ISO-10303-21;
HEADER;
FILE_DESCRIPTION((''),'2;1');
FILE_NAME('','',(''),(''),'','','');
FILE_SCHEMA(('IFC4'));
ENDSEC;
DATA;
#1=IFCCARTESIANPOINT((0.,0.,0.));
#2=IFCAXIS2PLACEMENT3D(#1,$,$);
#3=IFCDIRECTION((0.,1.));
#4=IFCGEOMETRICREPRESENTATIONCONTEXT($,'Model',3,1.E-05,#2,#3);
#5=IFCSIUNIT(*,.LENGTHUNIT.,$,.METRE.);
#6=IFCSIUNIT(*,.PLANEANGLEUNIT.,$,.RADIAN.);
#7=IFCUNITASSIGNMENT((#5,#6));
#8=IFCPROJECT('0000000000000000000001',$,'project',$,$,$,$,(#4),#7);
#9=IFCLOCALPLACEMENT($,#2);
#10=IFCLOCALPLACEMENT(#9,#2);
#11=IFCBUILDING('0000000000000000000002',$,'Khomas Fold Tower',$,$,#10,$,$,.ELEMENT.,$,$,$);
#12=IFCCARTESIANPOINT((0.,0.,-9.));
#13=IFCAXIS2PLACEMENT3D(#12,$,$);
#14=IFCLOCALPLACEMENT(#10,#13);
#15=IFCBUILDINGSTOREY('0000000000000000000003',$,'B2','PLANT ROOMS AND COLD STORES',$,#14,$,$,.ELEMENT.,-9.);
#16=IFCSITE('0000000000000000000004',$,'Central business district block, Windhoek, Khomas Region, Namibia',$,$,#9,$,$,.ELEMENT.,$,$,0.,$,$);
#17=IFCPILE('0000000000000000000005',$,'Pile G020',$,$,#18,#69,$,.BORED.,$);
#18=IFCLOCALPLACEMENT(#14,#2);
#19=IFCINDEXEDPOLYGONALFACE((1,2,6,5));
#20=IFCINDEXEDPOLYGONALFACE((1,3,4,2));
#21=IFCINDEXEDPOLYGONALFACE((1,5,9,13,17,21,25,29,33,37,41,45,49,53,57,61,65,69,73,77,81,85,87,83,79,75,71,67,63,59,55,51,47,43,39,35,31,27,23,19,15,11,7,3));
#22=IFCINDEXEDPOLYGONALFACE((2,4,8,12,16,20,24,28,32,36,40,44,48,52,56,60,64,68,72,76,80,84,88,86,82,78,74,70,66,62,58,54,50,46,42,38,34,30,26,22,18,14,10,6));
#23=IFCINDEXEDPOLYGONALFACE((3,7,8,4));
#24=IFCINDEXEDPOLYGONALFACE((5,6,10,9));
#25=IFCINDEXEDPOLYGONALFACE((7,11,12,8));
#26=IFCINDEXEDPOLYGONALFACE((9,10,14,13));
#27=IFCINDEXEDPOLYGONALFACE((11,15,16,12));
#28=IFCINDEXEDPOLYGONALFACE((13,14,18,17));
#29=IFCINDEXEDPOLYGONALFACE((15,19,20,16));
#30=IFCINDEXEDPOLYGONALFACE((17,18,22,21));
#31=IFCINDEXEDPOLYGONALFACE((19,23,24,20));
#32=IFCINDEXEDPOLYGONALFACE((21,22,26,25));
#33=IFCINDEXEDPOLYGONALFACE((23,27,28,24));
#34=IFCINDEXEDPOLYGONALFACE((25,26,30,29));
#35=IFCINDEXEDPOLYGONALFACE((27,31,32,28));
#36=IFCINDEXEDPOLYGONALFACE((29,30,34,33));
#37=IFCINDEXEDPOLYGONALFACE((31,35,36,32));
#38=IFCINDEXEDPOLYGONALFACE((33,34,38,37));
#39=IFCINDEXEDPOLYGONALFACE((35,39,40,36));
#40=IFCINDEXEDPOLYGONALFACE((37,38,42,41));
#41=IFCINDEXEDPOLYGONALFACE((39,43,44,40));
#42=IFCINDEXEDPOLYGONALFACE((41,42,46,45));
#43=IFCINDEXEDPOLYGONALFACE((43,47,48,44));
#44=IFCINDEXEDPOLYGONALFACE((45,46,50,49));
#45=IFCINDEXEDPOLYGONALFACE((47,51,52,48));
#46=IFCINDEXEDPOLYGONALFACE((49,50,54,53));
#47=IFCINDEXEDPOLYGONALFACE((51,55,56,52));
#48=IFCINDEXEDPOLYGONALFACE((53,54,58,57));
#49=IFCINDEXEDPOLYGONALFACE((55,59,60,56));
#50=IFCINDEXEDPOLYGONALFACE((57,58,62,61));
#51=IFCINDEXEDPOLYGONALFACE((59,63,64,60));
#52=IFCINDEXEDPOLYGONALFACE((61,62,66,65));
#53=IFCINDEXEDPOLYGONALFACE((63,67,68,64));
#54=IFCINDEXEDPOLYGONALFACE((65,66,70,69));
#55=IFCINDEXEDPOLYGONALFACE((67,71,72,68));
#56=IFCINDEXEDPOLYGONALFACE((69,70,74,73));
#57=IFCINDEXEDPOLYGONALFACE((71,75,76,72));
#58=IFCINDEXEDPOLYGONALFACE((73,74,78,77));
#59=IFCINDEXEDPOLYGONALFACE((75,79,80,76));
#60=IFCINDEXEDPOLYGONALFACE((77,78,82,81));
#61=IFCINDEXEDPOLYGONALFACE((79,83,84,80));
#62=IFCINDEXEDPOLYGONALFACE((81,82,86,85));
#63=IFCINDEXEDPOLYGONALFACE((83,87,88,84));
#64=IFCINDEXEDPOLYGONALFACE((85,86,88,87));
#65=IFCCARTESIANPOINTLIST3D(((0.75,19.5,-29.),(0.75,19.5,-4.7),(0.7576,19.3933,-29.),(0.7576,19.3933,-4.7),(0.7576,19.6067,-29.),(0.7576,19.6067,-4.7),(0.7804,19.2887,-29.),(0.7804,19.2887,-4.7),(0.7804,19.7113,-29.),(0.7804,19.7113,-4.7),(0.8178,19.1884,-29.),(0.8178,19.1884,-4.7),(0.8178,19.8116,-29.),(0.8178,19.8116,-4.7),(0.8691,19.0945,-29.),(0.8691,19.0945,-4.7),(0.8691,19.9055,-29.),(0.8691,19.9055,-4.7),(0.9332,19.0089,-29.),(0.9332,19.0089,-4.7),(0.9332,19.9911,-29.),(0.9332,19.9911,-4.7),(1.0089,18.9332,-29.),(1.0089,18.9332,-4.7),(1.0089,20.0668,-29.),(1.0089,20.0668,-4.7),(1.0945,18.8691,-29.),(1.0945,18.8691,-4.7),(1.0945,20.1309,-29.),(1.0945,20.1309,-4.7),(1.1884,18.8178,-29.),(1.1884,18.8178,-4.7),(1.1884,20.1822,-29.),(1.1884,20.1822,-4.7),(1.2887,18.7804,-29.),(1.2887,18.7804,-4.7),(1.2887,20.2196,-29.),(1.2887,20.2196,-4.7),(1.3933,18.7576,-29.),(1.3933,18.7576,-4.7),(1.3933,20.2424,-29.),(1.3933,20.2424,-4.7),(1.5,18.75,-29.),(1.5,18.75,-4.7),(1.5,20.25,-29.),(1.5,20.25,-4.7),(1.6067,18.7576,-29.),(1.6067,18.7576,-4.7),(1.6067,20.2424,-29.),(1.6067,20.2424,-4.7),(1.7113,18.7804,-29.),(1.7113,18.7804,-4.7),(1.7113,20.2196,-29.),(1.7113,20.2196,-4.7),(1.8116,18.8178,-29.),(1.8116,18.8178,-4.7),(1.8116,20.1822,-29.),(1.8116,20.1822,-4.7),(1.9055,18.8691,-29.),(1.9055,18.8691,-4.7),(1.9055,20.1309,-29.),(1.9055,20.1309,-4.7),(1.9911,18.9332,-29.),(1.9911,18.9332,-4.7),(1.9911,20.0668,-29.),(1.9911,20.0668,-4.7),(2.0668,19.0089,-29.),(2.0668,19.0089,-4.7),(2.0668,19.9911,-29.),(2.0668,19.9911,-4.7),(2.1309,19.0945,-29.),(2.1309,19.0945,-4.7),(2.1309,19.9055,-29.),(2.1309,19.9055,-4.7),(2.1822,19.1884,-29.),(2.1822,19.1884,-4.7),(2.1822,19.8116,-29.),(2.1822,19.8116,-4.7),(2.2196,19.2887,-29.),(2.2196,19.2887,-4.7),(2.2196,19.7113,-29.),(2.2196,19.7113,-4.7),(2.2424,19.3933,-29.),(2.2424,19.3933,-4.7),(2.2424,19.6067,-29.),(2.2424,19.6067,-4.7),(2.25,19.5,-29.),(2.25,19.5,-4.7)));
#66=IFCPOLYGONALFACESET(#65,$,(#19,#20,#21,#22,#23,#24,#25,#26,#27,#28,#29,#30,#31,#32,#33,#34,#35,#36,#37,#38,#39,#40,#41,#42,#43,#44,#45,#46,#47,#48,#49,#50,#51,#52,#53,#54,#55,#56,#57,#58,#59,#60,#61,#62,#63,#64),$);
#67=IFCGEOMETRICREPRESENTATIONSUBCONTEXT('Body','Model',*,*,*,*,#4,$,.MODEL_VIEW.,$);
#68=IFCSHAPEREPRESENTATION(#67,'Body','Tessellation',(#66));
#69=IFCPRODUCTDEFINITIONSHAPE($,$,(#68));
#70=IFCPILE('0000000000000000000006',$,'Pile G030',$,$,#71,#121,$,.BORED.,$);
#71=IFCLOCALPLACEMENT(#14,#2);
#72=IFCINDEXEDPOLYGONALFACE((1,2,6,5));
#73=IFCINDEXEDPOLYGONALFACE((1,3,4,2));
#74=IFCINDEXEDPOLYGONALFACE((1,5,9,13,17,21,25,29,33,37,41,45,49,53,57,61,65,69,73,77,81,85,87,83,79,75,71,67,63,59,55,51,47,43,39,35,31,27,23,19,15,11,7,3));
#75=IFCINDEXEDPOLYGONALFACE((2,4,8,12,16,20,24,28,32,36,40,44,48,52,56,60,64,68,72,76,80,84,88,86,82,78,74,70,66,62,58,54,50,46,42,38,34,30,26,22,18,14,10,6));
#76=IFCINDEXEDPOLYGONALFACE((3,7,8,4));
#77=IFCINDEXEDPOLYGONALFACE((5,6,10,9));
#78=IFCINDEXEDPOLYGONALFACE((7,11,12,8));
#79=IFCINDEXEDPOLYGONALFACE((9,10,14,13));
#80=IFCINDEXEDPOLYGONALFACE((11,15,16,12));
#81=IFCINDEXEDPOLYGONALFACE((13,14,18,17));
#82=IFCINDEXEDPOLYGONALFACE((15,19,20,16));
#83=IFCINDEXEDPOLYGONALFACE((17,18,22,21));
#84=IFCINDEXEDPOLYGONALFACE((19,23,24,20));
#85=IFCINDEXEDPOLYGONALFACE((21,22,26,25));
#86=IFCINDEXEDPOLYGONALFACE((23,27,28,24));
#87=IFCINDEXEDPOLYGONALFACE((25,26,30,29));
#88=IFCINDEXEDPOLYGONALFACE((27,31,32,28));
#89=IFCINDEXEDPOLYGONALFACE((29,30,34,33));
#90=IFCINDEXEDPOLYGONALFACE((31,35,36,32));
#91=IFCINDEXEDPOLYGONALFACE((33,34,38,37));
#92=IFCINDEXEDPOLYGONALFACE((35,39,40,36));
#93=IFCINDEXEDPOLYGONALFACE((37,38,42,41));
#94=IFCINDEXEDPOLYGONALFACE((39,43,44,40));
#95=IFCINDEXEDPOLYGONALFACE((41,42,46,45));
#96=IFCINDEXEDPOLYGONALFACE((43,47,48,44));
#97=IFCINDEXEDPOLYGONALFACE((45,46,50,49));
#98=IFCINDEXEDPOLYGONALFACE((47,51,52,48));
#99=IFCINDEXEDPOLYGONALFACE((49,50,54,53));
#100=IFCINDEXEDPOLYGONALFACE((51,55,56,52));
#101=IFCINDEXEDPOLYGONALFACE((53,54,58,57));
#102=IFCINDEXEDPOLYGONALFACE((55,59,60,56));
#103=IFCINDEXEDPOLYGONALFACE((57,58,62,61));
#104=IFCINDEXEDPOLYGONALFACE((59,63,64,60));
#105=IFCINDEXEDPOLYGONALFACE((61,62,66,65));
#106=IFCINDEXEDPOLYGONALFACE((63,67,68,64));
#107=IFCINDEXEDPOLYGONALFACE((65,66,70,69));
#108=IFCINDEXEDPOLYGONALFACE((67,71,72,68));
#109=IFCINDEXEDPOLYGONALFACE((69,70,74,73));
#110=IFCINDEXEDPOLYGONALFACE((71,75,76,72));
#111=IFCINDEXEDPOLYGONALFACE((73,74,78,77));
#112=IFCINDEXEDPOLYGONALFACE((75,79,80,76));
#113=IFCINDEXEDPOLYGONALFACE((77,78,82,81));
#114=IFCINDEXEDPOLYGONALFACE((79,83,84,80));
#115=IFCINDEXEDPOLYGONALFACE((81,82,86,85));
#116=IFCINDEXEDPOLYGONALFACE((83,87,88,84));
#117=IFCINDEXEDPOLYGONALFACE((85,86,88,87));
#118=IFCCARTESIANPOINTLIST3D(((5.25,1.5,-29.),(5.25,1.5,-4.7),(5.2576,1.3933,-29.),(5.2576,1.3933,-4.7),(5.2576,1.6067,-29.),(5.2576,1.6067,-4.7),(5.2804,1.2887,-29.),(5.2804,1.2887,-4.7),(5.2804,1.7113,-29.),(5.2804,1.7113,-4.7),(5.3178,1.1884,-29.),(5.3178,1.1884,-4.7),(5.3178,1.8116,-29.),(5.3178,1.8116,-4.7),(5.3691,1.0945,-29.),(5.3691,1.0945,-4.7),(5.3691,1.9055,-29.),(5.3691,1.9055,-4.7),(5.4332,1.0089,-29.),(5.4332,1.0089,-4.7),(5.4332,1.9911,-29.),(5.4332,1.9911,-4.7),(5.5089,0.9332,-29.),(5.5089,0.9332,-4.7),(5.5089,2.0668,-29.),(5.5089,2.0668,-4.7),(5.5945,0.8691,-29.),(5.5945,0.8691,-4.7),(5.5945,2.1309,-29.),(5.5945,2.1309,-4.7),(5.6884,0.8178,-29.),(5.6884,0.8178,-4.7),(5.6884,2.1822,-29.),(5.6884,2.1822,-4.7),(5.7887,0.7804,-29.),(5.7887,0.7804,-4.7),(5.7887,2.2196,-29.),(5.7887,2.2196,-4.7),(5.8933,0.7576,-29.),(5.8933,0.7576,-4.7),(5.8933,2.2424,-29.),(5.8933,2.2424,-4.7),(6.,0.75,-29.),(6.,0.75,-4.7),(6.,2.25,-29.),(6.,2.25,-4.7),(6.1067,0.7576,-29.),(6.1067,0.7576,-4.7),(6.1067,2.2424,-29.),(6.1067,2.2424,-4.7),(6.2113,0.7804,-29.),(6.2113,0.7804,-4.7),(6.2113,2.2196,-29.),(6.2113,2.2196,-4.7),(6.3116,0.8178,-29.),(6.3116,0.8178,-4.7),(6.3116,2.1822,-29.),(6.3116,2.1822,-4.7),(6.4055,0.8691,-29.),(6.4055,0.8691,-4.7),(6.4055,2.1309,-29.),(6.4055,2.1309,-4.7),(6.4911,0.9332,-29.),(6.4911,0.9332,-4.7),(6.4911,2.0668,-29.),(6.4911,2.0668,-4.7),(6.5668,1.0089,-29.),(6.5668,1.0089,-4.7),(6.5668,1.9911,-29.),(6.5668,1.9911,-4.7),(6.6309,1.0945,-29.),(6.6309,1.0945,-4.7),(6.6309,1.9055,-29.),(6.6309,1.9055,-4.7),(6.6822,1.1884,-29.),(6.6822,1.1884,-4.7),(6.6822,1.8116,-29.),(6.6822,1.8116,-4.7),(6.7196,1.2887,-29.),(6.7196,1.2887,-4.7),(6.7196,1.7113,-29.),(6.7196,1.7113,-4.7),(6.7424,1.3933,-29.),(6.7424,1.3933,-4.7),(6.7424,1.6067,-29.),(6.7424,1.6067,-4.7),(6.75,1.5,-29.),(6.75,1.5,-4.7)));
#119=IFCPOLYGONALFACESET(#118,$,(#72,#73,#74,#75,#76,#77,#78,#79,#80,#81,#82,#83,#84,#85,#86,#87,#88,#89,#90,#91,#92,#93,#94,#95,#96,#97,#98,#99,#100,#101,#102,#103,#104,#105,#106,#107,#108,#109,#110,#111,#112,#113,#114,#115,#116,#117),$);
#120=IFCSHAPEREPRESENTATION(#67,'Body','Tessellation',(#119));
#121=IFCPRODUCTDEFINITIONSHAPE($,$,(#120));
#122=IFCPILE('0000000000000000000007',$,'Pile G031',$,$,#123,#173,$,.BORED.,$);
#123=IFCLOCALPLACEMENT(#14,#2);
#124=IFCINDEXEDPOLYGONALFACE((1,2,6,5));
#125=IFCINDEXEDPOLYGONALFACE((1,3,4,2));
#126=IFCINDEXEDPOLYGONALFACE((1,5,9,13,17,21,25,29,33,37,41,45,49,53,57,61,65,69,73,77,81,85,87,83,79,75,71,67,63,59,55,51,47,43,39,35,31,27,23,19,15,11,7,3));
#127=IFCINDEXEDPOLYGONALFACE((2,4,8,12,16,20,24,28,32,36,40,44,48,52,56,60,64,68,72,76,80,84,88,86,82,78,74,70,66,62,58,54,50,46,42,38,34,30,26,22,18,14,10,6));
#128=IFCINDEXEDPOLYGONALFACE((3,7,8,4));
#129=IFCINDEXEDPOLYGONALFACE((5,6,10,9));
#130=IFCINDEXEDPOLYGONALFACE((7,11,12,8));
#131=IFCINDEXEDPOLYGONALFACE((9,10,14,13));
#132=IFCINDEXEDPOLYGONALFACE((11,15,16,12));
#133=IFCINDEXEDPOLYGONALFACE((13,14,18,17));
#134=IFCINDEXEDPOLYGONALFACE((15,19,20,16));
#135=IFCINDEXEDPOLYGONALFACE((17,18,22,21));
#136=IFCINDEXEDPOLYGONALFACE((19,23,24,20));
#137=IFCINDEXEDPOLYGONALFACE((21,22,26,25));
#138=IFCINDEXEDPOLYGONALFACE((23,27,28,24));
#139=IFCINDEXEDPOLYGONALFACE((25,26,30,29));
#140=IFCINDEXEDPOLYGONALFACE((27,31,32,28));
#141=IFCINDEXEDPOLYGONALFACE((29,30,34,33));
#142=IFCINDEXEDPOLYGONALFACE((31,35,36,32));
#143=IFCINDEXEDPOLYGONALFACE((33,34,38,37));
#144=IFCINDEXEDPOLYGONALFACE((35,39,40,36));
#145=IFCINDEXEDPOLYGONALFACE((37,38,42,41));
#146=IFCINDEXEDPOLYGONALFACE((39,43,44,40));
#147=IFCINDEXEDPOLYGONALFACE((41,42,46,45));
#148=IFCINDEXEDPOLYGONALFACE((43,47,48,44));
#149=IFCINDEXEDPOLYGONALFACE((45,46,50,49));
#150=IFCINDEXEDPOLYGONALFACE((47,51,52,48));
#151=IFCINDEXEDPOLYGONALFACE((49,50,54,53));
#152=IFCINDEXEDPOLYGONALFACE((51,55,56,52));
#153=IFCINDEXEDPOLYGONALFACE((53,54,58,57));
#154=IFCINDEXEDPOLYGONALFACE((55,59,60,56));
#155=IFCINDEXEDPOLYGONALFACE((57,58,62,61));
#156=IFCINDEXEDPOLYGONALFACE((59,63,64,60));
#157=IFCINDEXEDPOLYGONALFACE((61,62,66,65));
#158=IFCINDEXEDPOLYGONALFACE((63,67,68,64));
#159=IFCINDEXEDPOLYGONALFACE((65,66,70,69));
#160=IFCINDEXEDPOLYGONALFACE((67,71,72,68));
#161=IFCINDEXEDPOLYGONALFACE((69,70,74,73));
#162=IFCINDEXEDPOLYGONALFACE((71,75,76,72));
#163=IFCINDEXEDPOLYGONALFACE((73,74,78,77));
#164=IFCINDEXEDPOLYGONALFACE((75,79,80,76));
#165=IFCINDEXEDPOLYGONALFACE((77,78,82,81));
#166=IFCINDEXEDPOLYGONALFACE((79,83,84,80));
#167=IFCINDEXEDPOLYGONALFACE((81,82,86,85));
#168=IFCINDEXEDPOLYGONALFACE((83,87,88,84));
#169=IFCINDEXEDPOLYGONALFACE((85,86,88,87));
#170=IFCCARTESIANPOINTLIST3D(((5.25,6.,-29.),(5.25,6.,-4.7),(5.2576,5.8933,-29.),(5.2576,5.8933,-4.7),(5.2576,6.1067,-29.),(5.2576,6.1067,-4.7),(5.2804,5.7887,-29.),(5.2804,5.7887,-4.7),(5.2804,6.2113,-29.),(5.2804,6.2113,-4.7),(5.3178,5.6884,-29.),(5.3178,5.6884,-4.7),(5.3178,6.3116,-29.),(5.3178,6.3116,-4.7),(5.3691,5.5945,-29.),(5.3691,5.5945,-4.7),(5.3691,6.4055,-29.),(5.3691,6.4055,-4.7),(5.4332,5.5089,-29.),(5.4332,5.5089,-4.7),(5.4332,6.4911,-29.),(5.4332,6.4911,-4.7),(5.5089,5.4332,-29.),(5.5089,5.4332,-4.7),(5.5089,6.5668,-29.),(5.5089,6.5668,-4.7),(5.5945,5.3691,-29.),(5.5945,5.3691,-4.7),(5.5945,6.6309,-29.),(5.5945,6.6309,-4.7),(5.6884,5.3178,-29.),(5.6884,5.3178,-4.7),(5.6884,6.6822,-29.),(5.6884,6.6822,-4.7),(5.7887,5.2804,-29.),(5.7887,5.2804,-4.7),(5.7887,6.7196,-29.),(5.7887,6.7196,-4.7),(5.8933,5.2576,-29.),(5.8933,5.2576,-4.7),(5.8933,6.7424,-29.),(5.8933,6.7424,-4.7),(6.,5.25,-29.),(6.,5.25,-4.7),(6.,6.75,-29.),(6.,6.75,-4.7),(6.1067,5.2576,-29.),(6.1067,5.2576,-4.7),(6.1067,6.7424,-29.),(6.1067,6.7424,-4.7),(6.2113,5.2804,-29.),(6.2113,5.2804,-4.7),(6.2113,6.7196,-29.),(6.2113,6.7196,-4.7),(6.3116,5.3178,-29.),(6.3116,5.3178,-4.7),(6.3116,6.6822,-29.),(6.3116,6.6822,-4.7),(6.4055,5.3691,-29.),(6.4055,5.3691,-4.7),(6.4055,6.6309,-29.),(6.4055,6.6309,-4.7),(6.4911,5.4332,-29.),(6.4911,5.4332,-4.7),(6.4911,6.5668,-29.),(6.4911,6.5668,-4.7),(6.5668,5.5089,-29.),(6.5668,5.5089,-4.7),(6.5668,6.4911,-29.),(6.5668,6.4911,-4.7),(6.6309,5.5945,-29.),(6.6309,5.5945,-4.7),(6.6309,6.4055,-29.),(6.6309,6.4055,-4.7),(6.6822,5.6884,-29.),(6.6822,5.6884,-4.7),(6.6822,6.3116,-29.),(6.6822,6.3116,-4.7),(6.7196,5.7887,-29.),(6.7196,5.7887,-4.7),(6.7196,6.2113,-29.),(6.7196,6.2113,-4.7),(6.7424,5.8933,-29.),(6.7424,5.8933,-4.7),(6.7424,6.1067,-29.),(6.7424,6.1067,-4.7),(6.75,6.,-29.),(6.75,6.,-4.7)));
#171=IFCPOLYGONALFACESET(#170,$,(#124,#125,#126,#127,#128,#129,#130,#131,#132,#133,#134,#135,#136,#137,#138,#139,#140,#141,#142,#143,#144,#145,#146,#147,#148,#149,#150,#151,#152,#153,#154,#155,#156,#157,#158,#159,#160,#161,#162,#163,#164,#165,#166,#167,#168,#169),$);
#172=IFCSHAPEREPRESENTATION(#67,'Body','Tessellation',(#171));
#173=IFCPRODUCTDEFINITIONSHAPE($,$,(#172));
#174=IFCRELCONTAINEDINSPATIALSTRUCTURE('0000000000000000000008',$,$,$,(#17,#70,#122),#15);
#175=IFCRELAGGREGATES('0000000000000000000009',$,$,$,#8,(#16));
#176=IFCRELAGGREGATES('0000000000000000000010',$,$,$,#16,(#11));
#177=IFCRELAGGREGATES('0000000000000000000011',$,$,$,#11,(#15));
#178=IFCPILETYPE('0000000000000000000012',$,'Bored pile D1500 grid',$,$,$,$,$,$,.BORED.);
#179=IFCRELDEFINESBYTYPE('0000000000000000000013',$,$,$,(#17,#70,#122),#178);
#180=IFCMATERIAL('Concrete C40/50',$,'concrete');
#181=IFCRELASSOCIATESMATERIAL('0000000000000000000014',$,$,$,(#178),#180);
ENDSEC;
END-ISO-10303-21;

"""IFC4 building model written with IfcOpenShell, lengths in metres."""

from ifc_helpers import new_model, si_unit, direction, frame, origin, origin_2d, place, context, subcontext, project, spatial, circle, extrude, source, transform, mapped, material, material_profile, profile_set, type_object, element, save


model = new_model("IFC4")

# Units and contexts
model_context = context("Model", 3, precision=1e-05, world=origin(), true_north=direction((0.0, 1.0)))
body_context = subcontext(model_context, "Body", "Model", "MODEL_VIEW")
ifc_project = project(units=[si_unit("LENGTHUNIT", "METRE"), si_unit("PLANEANGLEUNIT", "RADIAN")], contexts=[model_context])

# Site, building, storey
site_placement = place(None, origin())
site = spatial("IfcSite", under=ifc_project, at=site_placement, Name="Central business district block, Windhoek, Khomas Region, Namibia", CompositionType="ELEMENT", RefElevation=0.0)
building_placement = place(site_placement, origin())
building = spatial("IfcBuilding", under=site, at=building_placement, Name="Khomas Fold Tower", CompositionType="ELEMENT")
storey_placement = place(building_placement, frame((0.0, 0.0, -9.0)))
storey = spatial("IfcBuildingStorey", under=building, at=storey_placement, Name="B2", Description="PLANT ROOMS AND COLD STORES", CompositionType="ELEMENT", Elevation=-9.0)

# Piles
ifc_material_1 = material(Name="Concrete C40/50", Category="concrete")
ifc_material_profile_1 = material_profile(ifc_material_1, circle(Radius=0.75, at=origin_2d()), Name="PILE D1500")
ifc_profile_set_1 = profile_set([ifc_material_profile_1], Name="Concrete C40/50")
pile_type = type_object("IfcPileType", Name="Bored pile D1500 grid", PredefinedType="BORED", material=ifc_profile_set_1)
shared_shape_1 = source(origin(), body_context, "Body", "SweptSolid", [
    extrude(circle(Radius=0.75, at=origin_2d()), origin(), (0.0, 0.0, 1.0), 24.3),
])
for number, where, z_axis, x_axis, name in (
    (1, (1.5, 19.5, -4.7), (0.0, 0.0, -1.0), (1.0, 0.0, 0.0), "Pile G020"),
    (2, (6.0, 1.5, -4.7), (0.0, 0.0, -1.0), (1.0, 0.0, 0.0), "Pile G030"),
    (3, (6.0, 6.0, -4.7), (0.0, 0.0, -1.0), (1.0, 0.0, 0.0), "Pile G031"),
):
    element("IfcPile", number, at=place(storey_placement, frame(where, z_axis=z_axis, x_axis=x_axis)), inside=storey, type_object=pile_type, Name=name, PredefinedType="BORED", context=body_context, shape_type="MappedRepresentation", body=[
        mapped(shared_shape_1, transform((0.0, 0.0, 0.0))),
    ])

save(model, "model.ifc")
